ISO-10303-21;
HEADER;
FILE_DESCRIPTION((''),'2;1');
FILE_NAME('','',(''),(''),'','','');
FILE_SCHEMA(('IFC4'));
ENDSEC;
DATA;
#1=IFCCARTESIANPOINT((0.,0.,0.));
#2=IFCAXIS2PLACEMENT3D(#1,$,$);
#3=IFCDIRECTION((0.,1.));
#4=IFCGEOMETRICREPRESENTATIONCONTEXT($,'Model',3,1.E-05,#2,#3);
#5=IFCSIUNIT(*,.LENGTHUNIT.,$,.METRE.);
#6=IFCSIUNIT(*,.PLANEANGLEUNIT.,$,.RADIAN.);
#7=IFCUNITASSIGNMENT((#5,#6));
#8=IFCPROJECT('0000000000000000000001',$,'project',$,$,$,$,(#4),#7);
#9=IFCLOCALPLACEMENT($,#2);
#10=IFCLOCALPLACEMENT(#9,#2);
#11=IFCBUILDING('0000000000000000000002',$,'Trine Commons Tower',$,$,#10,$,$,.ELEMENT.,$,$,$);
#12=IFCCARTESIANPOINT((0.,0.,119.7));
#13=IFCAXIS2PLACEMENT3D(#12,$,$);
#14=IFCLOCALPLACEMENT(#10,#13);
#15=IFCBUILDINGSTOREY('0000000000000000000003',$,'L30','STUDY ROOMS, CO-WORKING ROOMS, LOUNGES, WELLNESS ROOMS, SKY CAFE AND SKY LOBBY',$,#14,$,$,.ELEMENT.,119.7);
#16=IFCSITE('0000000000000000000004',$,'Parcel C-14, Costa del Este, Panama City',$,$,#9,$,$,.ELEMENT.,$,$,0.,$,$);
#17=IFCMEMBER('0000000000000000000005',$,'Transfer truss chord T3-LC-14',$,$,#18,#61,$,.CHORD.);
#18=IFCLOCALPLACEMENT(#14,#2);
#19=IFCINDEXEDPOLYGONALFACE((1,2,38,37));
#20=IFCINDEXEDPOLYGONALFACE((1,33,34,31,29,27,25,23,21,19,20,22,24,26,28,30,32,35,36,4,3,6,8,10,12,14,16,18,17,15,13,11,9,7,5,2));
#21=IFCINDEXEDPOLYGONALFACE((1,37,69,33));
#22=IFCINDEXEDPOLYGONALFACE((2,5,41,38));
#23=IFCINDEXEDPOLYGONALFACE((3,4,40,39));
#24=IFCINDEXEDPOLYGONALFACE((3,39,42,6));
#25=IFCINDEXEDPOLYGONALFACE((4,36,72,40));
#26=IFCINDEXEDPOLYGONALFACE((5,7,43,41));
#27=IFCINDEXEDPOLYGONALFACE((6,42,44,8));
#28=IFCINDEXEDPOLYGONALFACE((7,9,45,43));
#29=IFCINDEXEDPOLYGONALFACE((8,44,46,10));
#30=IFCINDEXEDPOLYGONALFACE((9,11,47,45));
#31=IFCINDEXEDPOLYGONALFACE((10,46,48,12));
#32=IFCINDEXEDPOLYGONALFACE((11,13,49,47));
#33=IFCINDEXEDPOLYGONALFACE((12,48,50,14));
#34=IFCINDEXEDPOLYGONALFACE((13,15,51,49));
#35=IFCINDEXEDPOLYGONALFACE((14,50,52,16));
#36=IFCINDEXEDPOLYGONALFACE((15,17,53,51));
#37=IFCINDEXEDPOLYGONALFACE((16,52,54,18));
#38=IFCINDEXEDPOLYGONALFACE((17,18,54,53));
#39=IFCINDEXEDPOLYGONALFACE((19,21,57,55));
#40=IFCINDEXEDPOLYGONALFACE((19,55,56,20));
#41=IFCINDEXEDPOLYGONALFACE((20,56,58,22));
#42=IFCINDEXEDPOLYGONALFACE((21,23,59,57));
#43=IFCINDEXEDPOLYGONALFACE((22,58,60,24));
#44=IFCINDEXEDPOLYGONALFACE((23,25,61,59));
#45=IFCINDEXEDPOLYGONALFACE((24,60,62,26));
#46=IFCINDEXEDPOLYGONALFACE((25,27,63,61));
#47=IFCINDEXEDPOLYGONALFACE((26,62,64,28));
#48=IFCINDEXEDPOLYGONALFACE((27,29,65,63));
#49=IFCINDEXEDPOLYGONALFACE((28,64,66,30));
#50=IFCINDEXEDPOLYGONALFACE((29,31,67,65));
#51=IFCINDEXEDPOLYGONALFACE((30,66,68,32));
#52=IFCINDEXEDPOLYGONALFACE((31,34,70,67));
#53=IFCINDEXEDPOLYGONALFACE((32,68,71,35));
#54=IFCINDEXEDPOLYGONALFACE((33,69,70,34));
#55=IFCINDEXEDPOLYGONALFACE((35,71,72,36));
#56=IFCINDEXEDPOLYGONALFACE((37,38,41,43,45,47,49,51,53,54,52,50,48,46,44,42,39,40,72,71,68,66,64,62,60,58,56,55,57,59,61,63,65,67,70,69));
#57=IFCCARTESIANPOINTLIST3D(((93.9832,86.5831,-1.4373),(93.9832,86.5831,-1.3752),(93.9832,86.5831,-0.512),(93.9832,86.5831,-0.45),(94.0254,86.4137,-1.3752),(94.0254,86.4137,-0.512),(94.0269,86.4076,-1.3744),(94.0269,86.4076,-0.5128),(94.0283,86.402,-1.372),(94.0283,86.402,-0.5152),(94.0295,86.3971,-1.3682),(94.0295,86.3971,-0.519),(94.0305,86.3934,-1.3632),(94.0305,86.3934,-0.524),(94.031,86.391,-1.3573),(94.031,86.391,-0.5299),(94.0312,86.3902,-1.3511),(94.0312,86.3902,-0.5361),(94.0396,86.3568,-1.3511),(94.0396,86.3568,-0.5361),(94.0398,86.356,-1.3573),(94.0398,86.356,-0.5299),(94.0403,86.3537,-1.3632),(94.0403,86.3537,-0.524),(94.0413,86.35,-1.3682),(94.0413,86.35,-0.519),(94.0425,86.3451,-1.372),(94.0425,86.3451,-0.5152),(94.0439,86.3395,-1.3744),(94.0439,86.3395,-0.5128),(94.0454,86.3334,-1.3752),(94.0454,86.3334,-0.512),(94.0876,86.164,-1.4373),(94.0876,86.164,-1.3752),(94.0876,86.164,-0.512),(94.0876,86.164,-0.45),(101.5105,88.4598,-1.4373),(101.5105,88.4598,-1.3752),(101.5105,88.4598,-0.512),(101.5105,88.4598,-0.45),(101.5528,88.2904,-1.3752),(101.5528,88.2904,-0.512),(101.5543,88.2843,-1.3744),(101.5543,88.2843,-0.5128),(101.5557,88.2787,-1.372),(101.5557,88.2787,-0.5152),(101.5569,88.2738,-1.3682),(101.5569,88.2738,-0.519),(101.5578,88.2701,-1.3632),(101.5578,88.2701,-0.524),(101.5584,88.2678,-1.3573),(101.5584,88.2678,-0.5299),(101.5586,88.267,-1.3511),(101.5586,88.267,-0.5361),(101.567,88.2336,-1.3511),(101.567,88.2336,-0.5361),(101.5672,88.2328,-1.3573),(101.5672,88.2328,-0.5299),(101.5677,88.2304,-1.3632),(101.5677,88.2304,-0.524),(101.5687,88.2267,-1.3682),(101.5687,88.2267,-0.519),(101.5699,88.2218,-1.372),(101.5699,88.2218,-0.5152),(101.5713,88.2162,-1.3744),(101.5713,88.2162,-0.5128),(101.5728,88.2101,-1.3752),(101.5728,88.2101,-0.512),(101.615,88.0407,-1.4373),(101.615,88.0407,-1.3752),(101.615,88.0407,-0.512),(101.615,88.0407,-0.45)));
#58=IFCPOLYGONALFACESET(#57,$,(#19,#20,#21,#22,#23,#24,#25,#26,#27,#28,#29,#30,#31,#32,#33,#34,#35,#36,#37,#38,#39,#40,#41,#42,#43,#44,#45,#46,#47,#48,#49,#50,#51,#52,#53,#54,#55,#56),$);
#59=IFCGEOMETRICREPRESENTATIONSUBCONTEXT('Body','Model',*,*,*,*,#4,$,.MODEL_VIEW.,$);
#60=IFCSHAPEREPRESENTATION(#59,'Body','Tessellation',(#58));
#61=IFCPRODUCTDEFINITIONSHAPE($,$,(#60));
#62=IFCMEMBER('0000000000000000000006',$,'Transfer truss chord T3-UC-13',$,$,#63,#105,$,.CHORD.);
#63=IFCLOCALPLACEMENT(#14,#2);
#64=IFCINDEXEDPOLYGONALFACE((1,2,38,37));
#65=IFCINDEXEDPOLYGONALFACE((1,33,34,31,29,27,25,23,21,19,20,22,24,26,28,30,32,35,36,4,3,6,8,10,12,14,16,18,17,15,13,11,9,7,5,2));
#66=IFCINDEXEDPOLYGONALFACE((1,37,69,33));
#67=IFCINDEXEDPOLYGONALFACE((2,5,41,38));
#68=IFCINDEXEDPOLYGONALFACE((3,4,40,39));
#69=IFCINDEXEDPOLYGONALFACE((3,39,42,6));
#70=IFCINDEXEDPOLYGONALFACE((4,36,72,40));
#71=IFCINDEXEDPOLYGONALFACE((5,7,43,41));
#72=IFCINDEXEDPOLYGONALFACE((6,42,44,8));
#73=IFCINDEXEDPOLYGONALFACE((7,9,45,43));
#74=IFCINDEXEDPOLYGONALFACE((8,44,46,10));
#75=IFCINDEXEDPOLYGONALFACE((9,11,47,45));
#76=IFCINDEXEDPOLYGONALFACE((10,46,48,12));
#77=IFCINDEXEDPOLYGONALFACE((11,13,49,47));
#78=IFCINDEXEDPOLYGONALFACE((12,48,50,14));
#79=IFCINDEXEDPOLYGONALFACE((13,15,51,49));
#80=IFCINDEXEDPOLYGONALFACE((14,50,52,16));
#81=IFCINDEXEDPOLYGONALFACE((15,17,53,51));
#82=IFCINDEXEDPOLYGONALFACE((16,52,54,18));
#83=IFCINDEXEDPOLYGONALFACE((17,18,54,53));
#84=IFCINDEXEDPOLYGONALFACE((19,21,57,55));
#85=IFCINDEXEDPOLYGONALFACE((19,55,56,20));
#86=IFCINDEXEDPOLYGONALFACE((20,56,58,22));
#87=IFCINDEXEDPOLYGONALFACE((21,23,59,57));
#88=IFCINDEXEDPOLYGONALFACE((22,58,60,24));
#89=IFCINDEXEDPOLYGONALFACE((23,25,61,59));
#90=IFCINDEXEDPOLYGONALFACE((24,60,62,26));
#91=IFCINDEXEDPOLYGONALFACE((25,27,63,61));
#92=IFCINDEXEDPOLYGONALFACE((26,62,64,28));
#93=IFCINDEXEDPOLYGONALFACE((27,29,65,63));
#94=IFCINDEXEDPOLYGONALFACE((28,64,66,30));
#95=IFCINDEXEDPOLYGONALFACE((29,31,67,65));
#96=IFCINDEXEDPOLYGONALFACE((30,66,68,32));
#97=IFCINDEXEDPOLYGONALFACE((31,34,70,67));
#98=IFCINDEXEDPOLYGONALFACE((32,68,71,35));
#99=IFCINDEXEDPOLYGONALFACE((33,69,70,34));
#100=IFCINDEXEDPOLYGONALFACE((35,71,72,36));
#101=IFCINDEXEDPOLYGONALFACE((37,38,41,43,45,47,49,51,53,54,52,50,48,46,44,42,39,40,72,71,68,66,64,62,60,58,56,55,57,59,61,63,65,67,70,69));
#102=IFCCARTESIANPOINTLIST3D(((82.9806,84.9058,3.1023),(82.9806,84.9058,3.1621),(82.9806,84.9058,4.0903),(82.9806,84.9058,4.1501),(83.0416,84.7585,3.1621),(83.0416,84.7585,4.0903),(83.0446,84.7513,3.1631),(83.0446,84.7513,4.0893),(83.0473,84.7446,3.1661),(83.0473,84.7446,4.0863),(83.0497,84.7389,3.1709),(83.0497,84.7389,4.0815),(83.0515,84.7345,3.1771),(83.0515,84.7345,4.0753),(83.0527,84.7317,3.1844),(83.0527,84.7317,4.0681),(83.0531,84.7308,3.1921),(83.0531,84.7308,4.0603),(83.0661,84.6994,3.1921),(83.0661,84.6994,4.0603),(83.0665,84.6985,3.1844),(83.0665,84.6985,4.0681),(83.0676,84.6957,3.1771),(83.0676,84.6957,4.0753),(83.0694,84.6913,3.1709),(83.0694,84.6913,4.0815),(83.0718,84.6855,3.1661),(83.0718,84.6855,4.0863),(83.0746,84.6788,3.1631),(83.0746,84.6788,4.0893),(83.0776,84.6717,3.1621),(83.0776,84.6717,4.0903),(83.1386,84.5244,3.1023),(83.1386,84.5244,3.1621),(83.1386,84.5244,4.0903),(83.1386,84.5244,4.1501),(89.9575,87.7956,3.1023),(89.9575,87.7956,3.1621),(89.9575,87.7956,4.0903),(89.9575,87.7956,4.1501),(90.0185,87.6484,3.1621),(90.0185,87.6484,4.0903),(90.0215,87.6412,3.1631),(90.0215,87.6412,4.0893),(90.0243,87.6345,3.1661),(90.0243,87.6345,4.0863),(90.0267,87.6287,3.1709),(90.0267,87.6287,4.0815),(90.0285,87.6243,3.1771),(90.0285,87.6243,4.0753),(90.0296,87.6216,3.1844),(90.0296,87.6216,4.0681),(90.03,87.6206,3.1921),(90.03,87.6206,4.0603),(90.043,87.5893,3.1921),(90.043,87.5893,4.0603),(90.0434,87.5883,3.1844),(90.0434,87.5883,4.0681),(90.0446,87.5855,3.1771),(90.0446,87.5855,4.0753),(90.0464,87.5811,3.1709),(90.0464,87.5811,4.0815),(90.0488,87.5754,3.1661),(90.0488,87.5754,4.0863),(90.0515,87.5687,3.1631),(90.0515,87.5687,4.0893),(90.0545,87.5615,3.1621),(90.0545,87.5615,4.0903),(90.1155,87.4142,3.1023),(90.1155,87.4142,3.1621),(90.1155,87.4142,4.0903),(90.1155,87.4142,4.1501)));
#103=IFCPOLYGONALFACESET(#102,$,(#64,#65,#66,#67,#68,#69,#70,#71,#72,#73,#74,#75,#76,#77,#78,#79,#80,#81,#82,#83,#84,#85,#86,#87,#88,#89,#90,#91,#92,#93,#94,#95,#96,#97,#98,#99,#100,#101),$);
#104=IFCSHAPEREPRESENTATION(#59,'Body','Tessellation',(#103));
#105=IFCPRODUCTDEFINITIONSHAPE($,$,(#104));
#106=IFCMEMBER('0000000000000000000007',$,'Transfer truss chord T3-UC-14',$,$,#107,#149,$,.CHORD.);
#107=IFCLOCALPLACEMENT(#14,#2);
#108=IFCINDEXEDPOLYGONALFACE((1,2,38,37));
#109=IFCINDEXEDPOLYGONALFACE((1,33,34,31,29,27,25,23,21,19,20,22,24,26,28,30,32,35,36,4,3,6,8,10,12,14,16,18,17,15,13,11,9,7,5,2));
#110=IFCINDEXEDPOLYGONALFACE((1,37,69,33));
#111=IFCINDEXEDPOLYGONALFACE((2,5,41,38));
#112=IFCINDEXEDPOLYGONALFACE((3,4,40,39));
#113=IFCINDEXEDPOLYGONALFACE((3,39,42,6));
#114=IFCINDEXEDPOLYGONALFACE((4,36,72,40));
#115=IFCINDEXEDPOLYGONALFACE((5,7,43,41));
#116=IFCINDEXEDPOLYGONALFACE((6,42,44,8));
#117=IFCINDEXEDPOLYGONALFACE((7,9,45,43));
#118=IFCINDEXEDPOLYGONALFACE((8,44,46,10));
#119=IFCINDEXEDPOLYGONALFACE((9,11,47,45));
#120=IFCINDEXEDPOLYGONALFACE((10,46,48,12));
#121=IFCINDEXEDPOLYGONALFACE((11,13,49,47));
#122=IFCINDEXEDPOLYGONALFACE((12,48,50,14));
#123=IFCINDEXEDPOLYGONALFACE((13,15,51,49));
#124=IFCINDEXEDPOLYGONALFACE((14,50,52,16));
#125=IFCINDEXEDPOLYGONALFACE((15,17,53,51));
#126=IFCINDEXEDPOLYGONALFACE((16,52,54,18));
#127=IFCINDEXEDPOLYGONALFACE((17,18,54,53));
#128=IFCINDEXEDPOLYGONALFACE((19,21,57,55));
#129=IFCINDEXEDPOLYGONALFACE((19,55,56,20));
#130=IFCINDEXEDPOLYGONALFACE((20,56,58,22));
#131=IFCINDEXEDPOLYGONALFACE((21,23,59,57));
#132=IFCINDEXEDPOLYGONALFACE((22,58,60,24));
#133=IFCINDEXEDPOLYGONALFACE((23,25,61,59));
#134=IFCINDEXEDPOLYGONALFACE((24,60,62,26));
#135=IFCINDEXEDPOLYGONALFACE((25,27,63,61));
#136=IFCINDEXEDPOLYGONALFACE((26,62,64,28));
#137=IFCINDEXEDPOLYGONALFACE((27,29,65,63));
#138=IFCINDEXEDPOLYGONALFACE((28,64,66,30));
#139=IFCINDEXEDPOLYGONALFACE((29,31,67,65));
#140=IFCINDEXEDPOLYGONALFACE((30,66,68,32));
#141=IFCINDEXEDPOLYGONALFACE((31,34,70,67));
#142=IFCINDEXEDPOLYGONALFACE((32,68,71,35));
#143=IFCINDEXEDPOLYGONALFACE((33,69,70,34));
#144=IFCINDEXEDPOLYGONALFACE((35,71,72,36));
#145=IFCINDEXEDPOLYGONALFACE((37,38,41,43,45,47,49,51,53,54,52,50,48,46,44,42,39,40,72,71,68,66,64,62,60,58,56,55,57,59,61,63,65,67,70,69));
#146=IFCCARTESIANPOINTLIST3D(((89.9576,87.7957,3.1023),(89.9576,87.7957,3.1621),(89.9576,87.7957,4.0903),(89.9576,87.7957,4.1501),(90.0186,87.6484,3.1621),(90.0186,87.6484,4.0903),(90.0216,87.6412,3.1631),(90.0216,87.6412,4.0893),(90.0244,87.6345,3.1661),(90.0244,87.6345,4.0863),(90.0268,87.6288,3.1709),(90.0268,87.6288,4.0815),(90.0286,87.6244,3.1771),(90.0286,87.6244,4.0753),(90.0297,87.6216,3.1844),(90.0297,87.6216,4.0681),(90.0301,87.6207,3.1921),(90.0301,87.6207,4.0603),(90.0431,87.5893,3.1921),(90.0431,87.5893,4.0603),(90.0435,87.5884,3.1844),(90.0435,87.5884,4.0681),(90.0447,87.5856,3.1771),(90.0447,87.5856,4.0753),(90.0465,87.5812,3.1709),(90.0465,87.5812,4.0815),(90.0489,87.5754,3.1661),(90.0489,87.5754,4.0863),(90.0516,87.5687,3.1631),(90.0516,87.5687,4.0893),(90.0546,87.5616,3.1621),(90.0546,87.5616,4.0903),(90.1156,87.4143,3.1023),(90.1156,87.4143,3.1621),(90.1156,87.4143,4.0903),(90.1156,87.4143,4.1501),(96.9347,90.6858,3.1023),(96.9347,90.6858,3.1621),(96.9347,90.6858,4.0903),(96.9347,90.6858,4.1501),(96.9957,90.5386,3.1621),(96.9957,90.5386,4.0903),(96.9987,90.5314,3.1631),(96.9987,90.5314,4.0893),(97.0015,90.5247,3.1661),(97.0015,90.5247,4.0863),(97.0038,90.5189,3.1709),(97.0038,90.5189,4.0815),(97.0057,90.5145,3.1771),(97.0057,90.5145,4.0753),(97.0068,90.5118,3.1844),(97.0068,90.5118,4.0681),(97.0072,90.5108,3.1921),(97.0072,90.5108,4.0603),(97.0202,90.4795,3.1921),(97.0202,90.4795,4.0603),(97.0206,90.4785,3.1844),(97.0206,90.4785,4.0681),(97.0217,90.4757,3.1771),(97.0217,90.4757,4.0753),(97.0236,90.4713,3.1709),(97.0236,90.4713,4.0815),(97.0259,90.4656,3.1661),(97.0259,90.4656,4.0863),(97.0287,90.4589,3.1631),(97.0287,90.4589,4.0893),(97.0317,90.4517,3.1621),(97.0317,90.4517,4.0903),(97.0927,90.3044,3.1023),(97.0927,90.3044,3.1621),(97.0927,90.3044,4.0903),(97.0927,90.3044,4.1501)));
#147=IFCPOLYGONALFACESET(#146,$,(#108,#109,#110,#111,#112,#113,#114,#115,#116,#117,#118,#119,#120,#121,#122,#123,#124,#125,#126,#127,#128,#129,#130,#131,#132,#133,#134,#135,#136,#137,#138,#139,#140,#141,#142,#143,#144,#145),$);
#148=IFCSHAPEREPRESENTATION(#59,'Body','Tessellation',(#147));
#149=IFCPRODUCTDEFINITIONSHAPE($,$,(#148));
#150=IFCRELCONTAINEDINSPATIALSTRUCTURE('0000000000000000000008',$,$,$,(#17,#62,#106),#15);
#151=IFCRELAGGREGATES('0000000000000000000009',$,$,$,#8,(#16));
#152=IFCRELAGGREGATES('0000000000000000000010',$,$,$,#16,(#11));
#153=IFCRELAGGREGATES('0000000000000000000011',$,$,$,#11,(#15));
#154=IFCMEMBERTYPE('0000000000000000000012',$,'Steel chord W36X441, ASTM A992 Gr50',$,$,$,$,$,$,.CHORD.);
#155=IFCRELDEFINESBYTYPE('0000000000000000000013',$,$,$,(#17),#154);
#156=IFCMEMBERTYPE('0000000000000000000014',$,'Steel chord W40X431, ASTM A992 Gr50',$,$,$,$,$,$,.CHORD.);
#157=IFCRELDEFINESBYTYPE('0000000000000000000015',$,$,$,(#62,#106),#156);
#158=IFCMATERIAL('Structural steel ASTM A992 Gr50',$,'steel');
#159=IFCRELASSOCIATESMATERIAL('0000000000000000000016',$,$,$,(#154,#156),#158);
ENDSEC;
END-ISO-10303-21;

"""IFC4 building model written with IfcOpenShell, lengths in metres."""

from ifc_helpers import new_model, si_unit, direction, frame, origin, origin_2d, place, context, subcontext, project, spatial, i_section, extrude, material, material_profile, profile_set, type_object, element, save


model = new_model("IFC4")

# Units and contexts
model_context = context("Model", 3, precision=1e-05, world=origin(), true_north=direction((0.0, 1.0)))
body_context = subcontext(model_context, "Body", "Model", "MODEL_VIEW")
ifc_project = project(units=[si_unit("LENGTHUNIT", "METRE"), si_unit("PLANEANGLEUNIT", "RADIAN")], contexts=[model_context])

# Site, building, storey
site_placement = place(None, origin())
site = spatial("IfcSite", under=ifc_project, at=site_placement, Name="Parcel C-14, Costa del Este, Panama City", CompositionType="ELEMENT", RefElevation=0.0)
building_placement = place(site_placement, origin())
building = spatial("IfcBuilding", under=site, at=building_placement, Name="Trine Commons Tower", CompositionType="ELEMENT")
storey_placement = place(building_placement, frame((0.0, 0.0, 119.7)))
storey = spatial("IfcBuildingStorey", under=building, at=storey_placement, Name="L30", Description="STUDY ROOMS, CO-WORKING ROOMS, LOUNGES, WELLNESS ROOMS, SKY CAFE AND SKY LOBBY", CompositionType="ELEMENT", Elevation=119.7)

# Shared definitions
ifc_material_1 = material(Name="Structural steel ASTM A992 Gr50", Category="steel")

# Members
ifc_material_profile_1 = material_profile(ifc_material_1, i_section(OverallWidth=0.4319, OverallDepth=0.9873, WebThickness=0.0344, FlangeThickness=0.062, FilletRadius=0.0242, at=origin_2d()), Name="W36X441")
ifc_profile_set_1 = profile_set([ifc_material_profile_1], Name="Structural steel ASTM A992 Gr50")
member_type_1 = type_object("IfcMemberType", Name="Steel chord W36X441, ASTM A992 Gr50", PredefinedType="CHORD", material=ifc_profile_set_1)
member_1_placement = place(storey_placement, frame((94.0354, 86.3735, -0.9436), z_axis=(0.970298, 0.241914, 0.0), x_axis=(-0.241914, 0.970298, 0.0)))
element("IfcMember", 1, at=member_1_placement, inside=storey, type_object=member_type_1, Name="Transfer truss chord T3-LC-14", PredefinedType="CHORD", context=body_context, shape_type="SweptSolid", body=[
    extrude(i_section(OverallWidth=0.4319, OverallDepth=0.9873, WebThickness=0.0344, FlangeThickness=0.062, FilletRadius=0.0242, at=origin_2d()), origin(), (0.0, 0.0, 1.0), 7.7578),
])
ifc_material_profile_2 = material_profile(ifc_material_1, i_section(OverallWidth=0.4128, OverallDepth=1.0479, WebThickness=0.0339, FlangeThickness=0.0598, FilletRadius=0.03, at=origin_2d()), Name="W40X431")
ifc_profile_set_2 = profile_set([ifc_material_profile_2], Name="Structural steel ASTM A992 Gr50")
member_type_2 = type_object("IfcMemberType", Name="Steel chord W40X431, ASTM A992 Gr50", PredefinedType="CHORD", material=ifc_profile_set_2)
member_2_placement = place(storey_placement, frame((83.0596, 84.7151, 3.6262), z_axis=(0.923884, 0.382673, 0.0), x_axis=(-0.382673, 0.923884, 0.0)))
element("IfcMember", 2, at=member_2_placement, inside=storey, type_object=member_type_2, Name="Transfer truss chord T3-UC-13", PredefinedType="CHORD", context=body_context, shape_type="SweptSolid", body=[
    extrude(i_section(OverallWidth=0.4128, OverallDepth=1.0479, WebThickness=0.0339, FlangeThickness=0.0598, FilletRadius=0.03, at=origin_2d()), origin(), (0.0, 0.0, 1.0), 7.5518),
])
member_3_placement = place(storey_placement, frame((90.0366, 87.605, 3.6262), z_axis=(0.923873, 0.3827, 0.0), x_axis=(-0.3827, 0.923873, 0.0)))
element("IfcMember", 3, at=member_3_placement, inside=storey, type_object=member_type_2, Name="Transfer truss chord T3-UC-14", PredefinedType="CHORD", context=body_context, shape_type="SweptSolid", body=[
    extrude(i_section(OverallWidth=0.4128, OverallDepth=1.0479, WebThickness=0.0339, FlangeThickness=0.0598, FilletRadius=0.03, at=origin_2d()), origin(), (0.0, 0.0, 1.0), 7.552),
])

save(model, "model.ifc")
